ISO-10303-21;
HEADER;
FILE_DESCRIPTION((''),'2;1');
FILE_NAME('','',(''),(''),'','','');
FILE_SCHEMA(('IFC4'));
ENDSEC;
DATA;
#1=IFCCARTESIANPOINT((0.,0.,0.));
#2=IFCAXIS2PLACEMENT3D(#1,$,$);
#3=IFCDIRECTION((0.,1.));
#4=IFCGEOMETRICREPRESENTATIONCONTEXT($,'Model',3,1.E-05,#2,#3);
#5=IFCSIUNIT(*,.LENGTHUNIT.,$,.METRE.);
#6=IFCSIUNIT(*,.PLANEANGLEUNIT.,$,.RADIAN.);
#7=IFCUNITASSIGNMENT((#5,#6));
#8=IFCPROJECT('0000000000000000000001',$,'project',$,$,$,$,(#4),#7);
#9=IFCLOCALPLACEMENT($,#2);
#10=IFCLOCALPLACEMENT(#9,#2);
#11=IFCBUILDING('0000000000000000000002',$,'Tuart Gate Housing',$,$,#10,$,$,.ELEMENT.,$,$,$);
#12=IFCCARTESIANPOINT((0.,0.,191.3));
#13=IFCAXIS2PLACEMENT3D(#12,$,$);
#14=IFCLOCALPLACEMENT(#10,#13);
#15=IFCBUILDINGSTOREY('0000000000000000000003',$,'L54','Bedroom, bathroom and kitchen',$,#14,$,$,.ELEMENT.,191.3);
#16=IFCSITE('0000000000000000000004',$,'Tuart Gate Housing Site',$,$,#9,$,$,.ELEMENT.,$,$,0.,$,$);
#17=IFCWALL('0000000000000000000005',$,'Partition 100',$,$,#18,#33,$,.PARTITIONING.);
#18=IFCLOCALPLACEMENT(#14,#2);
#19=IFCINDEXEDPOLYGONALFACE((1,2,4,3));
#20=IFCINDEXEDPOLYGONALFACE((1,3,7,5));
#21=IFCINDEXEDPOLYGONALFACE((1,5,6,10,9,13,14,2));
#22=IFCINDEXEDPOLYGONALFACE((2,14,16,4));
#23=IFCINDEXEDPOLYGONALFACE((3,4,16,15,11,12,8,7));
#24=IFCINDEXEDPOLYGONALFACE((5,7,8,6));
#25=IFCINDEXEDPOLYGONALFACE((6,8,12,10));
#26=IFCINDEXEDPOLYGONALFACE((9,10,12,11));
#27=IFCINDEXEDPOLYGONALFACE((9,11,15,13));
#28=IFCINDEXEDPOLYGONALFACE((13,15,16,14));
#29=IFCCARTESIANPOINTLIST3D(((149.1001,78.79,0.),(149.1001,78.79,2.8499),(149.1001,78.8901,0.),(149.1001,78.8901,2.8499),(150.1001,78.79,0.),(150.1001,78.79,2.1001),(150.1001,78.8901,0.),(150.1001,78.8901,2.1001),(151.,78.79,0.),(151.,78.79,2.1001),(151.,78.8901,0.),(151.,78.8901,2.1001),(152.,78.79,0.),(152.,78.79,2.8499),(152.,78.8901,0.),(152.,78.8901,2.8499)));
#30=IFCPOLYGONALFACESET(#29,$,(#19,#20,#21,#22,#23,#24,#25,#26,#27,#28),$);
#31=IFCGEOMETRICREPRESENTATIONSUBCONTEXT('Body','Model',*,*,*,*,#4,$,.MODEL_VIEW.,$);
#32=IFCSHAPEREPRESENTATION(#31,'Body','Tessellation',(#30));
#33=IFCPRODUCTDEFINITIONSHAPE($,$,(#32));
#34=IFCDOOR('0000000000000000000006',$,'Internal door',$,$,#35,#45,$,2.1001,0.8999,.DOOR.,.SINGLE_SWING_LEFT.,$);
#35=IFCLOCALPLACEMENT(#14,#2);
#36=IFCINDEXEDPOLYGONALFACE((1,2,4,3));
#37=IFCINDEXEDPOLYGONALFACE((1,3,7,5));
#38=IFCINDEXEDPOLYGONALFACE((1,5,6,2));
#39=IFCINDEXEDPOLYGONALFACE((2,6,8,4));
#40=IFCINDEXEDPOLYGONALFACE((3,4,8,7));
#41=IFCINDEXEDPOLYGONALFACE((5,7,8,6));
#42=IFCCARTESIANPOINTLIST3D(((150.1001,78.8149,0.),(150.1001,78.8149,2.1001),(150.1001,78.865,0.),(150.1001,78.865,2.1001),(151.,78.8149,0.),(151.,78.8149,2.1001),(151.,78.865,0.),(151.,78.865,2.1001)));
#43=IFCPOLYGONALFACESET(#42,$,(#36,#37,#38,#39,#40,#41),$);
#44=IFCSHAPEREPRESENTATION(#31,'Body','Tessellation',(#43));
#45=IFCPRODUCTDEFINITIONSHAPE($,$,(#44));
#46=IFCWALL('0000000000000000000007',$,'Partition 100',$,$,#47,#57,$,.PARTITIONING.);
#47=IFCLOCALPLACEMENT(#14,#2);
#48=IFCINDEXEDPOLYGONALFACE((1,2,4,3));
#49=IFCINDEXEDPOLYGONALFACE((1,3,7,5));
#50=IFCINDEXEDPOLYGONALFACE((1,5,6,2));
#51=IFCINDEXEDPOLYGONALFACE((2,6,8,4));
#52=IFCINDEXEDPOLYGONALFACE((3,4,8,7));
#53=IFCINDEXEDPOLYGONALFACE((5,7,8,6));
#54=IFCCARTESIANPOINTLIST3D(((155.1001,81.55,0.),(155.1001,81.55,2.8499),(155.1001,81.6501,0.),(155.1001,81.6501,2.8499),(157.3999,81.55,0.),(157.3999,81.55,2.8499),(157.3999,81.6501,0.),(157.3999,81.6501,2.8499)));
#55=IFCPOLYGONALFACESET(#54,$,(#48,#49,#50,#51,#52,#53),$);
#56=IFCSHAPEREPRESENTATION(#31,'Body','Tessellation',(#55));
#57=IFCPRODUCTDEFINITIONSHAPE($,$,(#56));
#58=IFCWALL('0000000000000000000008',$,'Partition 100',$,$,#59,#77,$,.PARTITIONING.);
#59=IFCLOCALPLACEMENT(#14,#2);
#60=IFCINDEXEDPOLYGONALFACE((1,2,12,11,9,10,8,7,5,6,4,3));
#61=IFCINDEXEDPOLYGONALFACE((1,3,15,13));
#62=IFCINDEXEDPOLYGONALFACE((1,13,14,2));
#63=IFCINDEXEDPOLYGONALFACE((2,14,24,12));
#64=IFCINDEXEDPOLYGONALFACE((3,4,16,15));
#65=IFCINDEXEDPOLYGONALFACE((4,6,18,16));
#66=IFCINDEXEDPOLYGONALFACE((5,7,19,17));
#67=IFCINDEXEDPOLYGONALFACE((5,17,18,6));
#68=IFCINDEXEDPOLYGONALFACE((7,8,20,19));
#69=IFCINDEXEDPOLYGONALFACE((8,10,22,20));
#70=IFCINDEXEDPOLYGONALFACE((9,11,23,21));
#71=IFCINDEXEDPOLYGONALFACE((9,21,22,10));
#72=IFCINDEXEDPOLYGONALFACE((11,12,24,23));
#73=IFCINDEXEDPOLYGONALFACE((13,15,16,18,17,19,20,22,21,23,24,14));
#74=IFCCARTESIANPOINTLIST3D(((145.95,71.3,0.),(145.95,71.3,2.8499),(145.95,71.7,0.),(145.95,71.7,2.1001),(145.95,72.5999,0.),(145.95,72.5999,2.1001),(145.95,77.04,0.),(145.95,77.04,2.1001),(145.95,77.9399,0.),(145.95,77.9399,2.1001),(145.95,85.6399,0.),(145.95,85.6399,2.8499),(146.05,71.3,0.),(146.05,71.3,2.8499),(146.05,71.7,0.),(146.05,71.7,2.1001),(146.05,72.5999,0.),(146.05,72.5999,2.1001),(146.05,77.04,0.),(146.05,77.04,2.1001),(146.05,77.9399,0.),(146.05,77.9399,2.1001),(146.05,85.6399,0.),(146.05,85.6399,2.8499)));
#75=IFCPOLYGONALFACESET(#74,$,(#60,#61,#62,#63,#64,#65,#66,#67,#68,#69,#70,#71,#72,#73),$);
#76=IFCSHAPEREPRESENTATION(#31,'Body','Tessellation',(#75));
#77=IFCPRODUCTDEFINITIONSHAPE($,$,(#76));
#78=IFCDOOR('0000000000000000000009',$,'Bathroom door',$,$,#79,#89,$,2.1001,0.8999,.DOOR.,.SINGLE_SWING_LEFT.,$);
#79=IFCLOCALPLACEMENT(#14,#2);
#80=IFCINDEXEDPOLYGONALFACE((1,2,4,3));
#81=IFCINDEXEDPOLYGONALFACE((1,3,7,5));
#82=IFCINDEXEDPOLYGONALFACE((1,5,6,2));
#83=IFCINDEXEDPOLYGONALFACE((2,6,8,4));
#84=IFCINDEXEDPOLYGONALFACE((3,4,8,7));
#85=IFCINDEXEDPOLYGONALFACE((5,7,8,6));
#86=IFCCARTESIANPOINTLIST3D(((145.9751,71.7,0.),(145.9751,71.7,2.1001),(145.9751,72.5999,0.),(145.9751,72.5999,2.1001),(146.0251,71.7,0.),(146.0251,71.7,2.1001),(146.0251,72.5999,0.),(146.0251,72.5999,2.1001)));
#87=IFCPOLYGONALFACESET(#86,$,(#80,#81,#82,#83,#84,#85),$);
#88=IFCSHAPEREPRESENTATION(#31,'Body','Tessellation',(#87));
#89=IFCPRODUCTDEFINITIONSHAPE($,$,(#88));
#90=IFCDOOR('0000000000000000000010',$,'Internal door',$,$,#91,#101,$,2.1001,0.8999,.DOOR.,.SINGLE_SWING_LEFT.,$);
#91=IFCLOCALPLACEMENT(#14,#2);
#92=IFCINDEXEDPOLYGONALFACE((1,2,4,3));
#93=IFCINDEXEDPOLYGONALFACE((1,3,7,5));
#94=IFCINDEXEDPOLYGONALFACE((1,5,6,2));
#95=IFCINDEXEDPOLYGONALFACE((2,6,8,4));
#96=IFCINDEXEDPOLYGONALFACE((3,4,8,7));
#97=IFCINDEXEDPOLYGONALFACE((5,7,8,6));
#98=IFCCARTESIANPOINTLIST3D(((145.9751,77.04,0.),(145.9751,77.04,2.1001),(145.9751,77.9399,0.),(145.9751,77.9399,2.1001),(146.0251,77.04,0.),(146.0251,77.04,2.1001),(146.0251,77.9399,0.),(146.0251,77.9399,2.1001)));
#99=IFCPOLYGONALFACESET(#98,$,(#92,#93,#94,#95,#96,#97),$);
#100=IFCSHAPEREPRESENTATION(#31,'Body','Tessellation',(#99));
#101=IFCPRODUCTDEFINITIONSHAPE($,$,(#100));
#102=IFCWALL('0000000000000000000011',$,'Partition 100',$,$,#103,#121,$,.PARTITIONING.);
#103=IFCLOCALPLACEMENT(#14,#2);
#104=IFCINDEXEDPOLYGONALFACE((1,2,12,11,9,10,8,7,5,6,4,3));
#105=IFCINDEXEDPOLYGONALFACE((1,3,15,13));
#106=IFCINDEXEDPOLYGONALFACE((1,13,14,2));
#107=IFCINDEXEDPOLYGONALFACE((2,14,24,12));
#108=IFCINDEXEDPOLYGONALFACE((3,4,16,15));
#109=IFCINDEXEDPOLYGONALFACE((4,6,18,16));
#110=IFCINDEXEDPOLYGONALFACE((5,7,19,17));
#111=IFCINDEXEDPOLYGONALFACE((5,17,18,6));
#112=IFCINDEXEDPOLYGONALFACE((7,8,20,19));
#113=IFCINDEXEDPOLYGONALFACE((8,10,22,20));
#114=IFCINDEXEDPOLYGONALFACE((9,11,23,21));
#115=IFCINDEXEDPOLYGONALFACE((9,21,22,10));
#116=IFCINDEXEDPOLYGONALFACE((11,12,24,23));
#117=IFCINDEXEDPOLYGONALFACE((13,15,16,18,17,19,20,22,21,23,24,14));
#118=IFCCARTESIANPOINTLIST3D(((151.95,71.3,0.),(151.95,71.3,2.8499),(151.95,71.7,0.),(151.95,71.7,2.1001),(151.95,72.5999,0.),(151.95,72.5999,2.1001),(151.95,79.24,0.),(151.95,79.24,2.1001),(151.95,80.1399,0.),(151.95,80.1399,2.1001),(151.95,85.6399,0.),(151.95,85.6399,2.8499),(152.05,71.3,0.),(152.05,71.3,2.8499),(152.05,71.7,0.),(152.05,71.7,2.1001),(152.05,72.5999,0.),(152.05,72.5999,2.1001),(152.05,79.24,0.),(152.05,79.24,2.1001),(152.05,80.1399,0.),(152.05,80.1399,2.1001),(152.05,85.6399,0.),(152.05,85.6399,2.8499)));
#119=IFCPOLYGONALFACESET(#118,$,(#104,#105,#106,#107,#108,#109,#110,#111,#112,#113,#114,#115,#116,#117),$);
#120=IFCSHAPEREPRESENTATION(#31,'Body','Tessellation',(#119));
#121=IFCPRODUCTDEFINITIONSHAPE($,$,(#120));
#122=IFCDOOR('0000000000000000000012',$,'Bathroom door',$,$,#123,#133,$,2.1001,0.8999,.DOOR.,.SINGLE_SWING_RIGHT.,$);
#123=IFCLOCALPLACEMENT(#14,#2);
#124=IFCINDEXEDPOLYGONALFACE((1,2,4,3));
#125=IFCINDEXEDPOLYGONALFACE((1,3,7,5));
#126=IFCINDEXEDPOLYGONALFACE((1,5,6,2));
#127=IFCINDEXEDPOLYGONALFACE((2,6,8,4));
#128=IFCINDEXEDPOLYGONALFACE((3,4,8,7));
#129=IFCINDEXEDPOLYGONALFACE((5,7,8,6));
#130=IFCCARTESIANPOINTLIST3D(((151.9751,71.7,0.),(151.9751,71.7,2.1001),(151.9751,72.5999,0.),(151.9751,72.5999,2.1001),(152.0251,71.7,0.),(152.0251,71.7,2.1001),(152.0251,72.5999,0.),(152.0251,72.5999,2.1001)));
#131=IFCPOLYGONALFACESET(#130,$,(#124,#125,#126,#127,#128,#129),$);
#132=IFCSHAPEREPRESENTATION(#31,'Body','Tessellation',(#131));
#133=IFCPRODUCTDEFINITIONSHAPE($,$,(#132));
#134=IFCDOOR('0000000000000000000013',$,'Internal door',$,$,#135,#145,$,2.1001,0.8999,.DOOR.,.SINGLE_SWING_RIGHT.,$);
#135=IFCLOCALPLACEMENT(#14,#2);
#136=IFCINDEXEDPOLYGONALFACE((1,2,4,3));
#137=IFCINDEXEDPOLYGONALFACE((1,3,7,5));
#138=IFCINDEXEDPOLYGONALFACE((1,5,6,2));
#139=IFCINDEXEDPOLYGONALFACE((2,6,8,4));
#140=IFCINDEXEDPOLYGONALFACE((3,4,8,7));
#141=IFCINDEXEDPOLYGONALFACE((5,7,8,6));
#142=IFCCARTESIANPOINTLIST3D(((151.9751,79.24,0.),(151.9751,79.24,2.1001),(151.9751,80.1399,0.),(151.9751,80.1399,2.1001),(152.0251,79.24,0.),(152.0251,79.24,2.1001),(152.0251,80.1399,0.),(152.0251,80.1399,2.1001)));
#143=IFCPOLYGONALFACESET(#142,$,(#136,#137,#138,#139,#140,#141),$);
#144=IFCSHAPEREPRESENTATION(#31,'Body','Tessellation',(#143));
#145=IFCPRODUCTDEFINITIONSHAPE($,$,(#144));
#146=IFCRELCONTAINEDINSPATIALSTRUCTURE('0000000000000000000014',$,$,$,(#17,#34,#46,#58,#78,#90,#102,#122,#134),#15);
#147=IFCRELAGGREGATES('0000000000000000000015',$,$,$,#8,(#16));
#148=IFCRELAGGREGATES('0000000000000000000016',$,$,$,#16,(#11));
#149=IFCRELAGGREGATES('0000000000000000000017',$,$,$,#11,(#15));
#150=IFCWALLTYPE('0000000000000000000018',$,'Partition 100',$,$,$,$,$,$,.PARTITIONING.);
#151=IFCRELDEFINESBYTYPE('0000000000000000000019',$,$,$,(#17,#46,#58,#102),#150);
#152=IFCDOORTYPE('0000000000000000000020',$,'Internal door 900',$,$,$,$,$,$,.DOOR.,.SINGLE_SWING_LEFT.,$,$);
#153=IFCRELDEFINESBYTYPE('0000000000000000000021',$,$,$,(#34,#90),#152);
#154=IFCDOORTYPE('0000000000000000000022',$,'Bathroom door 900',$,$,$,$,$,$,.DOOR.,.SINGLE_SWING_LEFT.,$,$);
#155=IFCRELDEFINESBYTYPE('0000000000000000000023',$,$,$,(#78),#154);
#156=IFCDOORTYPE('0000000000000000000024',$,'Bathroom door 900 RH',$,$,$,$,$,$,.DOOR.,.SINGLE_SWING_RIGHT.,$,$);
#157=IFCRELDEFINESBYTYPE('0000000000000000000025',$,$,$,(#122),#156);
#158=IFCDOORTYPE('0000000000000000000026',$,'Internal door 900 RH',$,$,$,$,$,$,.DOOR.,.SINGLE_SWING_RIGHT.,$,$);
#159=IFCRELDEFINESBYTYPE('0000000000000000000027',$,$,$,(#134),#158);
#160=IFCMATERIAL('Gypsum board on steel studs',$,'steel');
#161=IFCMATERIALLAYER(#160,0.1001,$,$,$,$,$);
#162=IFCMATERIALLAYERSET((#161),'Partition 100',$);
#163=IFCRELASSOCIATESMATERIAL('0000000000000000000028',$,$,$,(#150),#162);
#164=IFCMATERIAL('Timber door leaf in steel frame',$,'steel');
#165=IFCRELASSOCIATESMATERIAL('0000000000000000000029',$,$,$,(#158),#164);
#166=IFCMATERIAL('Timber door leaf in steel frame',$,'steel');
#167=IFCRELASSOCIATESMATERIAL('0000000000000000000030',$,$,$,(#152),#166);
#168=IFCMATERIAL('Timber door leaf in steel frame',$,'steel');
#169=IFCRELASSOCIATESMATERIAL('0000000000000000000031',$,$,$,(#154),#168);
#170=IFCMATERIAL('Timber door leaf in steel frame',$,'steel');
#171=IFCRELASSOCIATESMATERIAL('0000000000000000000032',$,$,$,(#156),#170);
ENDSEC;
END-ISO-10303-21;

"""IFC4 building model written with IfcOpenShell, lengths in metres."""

from ifc_helpers import new_model, si_unit, direction, frame, frame_2d, origin, place, context, subcontext, project, spatial, rectangle, extrude, material, layer, layer_set, type_object, element, fill, save


model = new_model("IFC4")

# Units and contexts
model_context = context("Model", 3, precision=1e-05, world=origin(), true_north=direction((0.0, 1.0)))
body_context = subcontext(model_context, "Body", "Model", "MODEL_VIEW")
ifc_project = project(units=[si_unit("LENGTHUNIT", "METRE"), si_unit("PLANEANGLEUNIT", "RADIAN")], contexts=[model_context])

# Site, building, storey
site_placement = place(None, origin())
site = spatial("IfcSite", under=ifc_project, at=site_placement, Name="Tuart Gate Housing Site", CompositionType="ELEMENT", RefElevation=0.0)
building_placement = place(site_placement, origin())
building = spatial("IfcBuilding", under=site, at=building_placement, Name="Tuart Gate Housing", CompositionType="ELEMENT")
storey_placement = place(building_placement, frame((0.0, 0.0, 191.3)))
storey = spatial("IfcBuildingStorey", under=building, at=storey_placement, Name="L54", Description="Bedroom, bathroom and kitchen", CompositionType="ELEMENT", Elevation=191.3)

# Shared definitions
ifc_material_1 = material(Name="Gypsum board on steel studs", Category="steel")
ifc_layer_1 = layer(ifc_material_1, 0.1001)
ifc_layer_set_1 = layer_set([ifc_layer_1], Name="Partition 100")
wall_type_1 = type_object("IfcWallType", Name="Partition 100", PredefinedType="PARTITIONING", material=ifc_layer_set_1)

# Wall, opening, door
ifc_material_2 = material(Name="Timber door leaf in steel frame", Category="steel")
door_type_1 = type_object("IfcDoorType", Name="Internal door 900 RH", OperationType="SINGLE_SWING_RIGHT", PredefinedType="DOOR", material=ifc_material_2)
wall_1_placement = place(storey_placement, frame((149.1001, 78.8401, 0.0), z_axis=(0.0, 0.0, 1.0), x_axis=(1.0, 0.0, 0.0)))
wall_1 = element("IfcWall", 1, at=wall_1_placement, inside=storey, type_object=wall_type_1, Name="Partition 100", PredefinedType="PARTITIONING", context=body_context, shape_type="SweptSolid", body=[
    extrude(rectangle(XDim=2.8999, YDim=0.1001, at=frame_2d((1.45, 0.0))), origin(), (0.0, 0.0, 1.0), 2.8499),
])
opening_1_placement = place(wall_1_placement, frame((1.0, 0.0, 0.0)))
opening_1 = element("IfcOpeningElement", 2, at=opening_1_placement, cuts=wall_1, PredefinedType="OPENING", context=body_context, shape_type="SweptSolid", body=[
    extrude(rectangle(XDim=0.8999, YDim=2.1001, at=frame_2d((0.45, 1.05))), frame((0.0, 0.0601, 0.0), z_axis=(0.0, -1.0, 0.0), x_axis=(1.0, 0.0, 0.0)), (0.0, 0.0, 1.0), 0.1201),
])
ifc_material_3 = material(Name="Timber door leaf in steel frame", Category="steel")
door_type_2 = type_object("IfcDoorType", Name="Internal door 900", OperationType="SINGLE_SWING_LEFT", PredefinedType="DOOR", material=ifc_material_3)
door_1_placement = place(opening_1_placement, frame((0.8999, 0.0, 0.0), z_axis=(0.0, 0.0, 1.0), x_axis=(-1.0, 0.0, 0.0)))
door_1 = element("IfcDoor", 3, at=door_1_placement, inside=storey, type_object=door_type_2, Name="Internal door", OperationType="SINGLE_SWING_LEFT", OverallHeight=2.1001, OverallWidth=0.8999, PredefinedType="DOOR", context=body_context, shape_type="SweptSolid", body=[
    extrude(rectangle(XDim=0.8999, YDim=2.1001, at=frame_2d((0.45, 1.05))), frame((0.0, 0.0251, 0.0), z_axis=(0.0, -1.0, 0.0), x_axis=(1.0, 0.0, 0.0)), (0.0, 0.0, 1.0), 0.05),
])
fill(opening_1, door_1)

# Wall
wall_2_placement = place(storey_placement, frame((155.1001, 81.6001, 0.0), z_axis=(0.0, 0.0, 1.0), x_axis=(1.0, 0.0, 0.0)))
element("IfcWall", 4, at=wall_2_placement, inside=storey, type_object=wall_type_1, Name="Partition 100", PredefinedType="PARTITIONING", context=body_context, shape_type="SweptSolid", body=[
    extrude(rectangle(XDim=2.2998, YDim=0.1001, at=frame_2d((1.1499, 0.0))), origin(), (0.0, 0.0, 1.0), 2.8499),
])

# Walls, openings, doors
wall_3_placement = place(storey_placement, frame((146.0, 71.3, 0.0), z_axis=(0.0, 0.0, 1.0), x_axis=(0.0, 1.0, 0.0)))
wall_3 = element("IfcWall", 5, at=wall_3_placement, inside=storey, type_object=wall_type_1, Name="Partition 100", PredefinedType="PARTITIONING", context=body_context, shape_type="SweptSolid", body=[
    extrude(rectangle(XDim=14.3398, YDim=0.1001, at=frame_2d((7.1699, 0.0))), origin(), (0.0, 0.0, 1.0), 2.8499),
])
opening_2_placement = place(wall_3_placement, frame((5.74, 0.0, 0.0)))
opening_2 = element("IfcOpeningElement", 6, at=opening_2_placement, cuts=wall_3, PredefinedType="OPENING", context=body_context, shape_type="SweptSolid", body=[
    extrude(rectangle(XDim=0.8999, YDim=2.1001, at=frame_2d((0.45, 1.05))), frame((0.0, 0.0601, 0.0), z_axis=(0.0, -1.0, 0.0), x_axis=(1.0, 0.0, 0.0)), (0.0, 0.0, 1.0), 0.1201),
])
opening_3_placement = place(wall_3_placement, frame((0.3999, 0.0, 0.0)))
opening_3 = element("IfcOpeningElement", 7, at=opening_3_placement, cuts=wall_3, PredefinedType="OPENING", context=body_context, shape_type="SweptSolid", body=[
    extrude(rectangle(XDim=0.8999, YDim=2.1001, at=frame_2d((0.45, 1.05))), frame((0.0, 0.0601, 0.0), z_axis=(0.0, -1.0, 0.0), x_axis=(1.0, 0.0, 0.0)), (0.0, 0.0, 1.0), 0.1201),
])
ifc_material_4 = material(Name="Timber door leaf in steel frame", Category="steel")
door_type_3 = type_object("IfcDoorType", Name="Bathroom door 900", OperationType="SINGLE_SWING_LEFT", PredefinedType="DOOR", material=ifc_material_4)
door_2_placement = place(opening_3_placement, origin())
door_2 = element("IfcDoor", 8, at=door_2_placement, inside=storey, type_object=door_type_3, Name="Bathroom door", OperationType="SINGLE_SWING_LEFT", OverallHeight=2.1001, OverallWidth=0.8999, PredefinedType="DOOR", context=body_context, shape_type="SweptSolid", body=[
    extrude(rectangle(XDim=0.8999, YDim=2.1001, at=frame_2d((0.45, 1.05))), frame((0.0, 0.0249, 0.0), z_axis=(0.0, -1.0, 0.0), x_axis=(1.0, 0.0, 0.0)), (0.0, 0.0, 1.0), 0.05),
])
fill(opening_3, door_2)
door_3_placement = place(opening_2_placement, origin())
door_3 = element("IfcDoor", 9, at=door_3_placement, inside=storey, type_object=door_type_2, Name="Internal door", OperationType="SINGLE_SWING_LEFT", OverallHeight=2.1001, OverallWidth=0.8999, PredefinedType="DOOR", context=body_context, shape_type="SweptSolid", body=[
    extrude(rectangle(XDim=0.8999, YDim=2.1001, at=frame_2d((0.45, 1.05))), frame((0.0, 0.0249, 0.0), z_axis=(0.0, -1.0, 0.0), x_axis=(1.0, 0.0, 0.0)), (0.0, 0.0, 1.0), 0.05),
])
fill(opening_2, door_3)
wall_4_placement = place(storey_placement, frame((152.0, 71.3, 0.0), z_axis=(0.0, 0.0, 1.0), x_axis=(0.0, 1.0, 0.0)))
wall_4 = element("IfcWall", 10, at=wall_4_placement, inside=storey, type_object=wall_type_1, Name="Partition 100", PredefinedType="PARTITIONING", context=body_context, shape_type="SweptSolid", body=[
    extrude(rectangle(XDim=14.3398, YDim=0.1001, at=frame_2d((7.1699, 0.0))), origin(), (0.0, 0.0, 1.0), 2.8499),
])
opening_4_placement = place(wall_4_placement, frame((7.9399, 0.0, 0.0)))
opening_4 = element("IfcOpeningElement", 11, at=opening_4_placement, cuts=wall_4, PredefinedType="OPENING", context=body_context, shape_type="SweptSolid", body=[
    extrude(rectangle(XDim=0.8999, YDim=2.1001, at=frame_2d((0.45, 1.05))), frame((0.0, 0.0601, 0.0), z_axis=(0.0, -1.0, 0.0), x_axis=(1.0, 0.0, 0.0)), (0.0, 0.0, 1.0), 0.1201),
])
opening_5_placement = place(wall_4_placement, frame((0.3999, 0.0, 0.0)))
opening_5 = element("IfcOpeningElement", 12, at=opening_5_placement, cuts=wall_4, PredefinedType="OPENING", context=body_context, shape_type="SweptSolid", body=[
    extrude(rectangle(XDim=0.8999, YDim=2.1001, at=frame_2d((0.45, 1.05))), frame((0.0, 0.0601, 0.0), z_axis=(0.0, -1.0, 0.0), x_axis=(1.0, 0.0, 0.0)), (0.0, 0.0, 1.0), 0.1201),
])
ifc_material_5 = material(Name="Timber door leaf in steel frame", Category="steel")
door_type_4 = type_object("IfcDoorType", Name="Bathroom door 900 RH", OperationType="SINGLE_SWING_RIGHT", PredefinedType="DOOR", material=ifc_material_5)
door_4_placement = place(opening_5_placement, frame((0.8999, 0.0, 0.0), z_axis=(0.0, 0.0, 1.0), x_axis=(-1.0, 0.0, 0.0)))
door_4 = element("IfcDoor", 13, at=door_4_placement, inside=storey, type_object=door_type_4, Name="Bathroom door", OperationType="SINGLE_SWING_RIGHT", OverallHeight=2.1001, OverallWidth=0.8999, PredefinedType="DOOR", context=body_context, shape_type="SweptSolid", body=[
    extrude(rectangle(XDim=0.8999, YDim=2.1001, at=frame_2d((0.45, 1.05))), frame((0.0, 0.0251, 0.0), z_axis=(0.0, -1.0, 0.0), x_axis=(1.0, 0.0, 0.0)), (0.0, 0.0, 1.0), 0.05),
])
fill(opening_5, door_4)
door_5_placement = place(opening_4_placement, frame((0.8999, 0.0, 0.0), z_axis=(0.0, 0.0, 1.0), x_axis=(-1.0, 0.0, 0.0)))
door_5 = element("IfcDoor", 14, at=door_5_placement, inside=storey, type_object=door_type_1, Name="Internal door", OperationType="SINGLE_SWING_RIGHT", OverallHeight=2.1001, OverallWidth=0.8999, PredefinedType="DOOR", context=body_context, shape_type="SweptSolid", body=[
    extrude(rectangle(XDim=0.8999, YDim=2.1001, at=frame_2d((0.45, 1.05))), frame((0.0, 0.0251, 0.0), z_axis=(0.0, -1.0, 0.0), x_axis=(1.0, 0.0, 0.0)), (0.0, 0.0, 1.0), 0.05),
])
fill(opening_4, door_5)

save(model, "model.ifc")
